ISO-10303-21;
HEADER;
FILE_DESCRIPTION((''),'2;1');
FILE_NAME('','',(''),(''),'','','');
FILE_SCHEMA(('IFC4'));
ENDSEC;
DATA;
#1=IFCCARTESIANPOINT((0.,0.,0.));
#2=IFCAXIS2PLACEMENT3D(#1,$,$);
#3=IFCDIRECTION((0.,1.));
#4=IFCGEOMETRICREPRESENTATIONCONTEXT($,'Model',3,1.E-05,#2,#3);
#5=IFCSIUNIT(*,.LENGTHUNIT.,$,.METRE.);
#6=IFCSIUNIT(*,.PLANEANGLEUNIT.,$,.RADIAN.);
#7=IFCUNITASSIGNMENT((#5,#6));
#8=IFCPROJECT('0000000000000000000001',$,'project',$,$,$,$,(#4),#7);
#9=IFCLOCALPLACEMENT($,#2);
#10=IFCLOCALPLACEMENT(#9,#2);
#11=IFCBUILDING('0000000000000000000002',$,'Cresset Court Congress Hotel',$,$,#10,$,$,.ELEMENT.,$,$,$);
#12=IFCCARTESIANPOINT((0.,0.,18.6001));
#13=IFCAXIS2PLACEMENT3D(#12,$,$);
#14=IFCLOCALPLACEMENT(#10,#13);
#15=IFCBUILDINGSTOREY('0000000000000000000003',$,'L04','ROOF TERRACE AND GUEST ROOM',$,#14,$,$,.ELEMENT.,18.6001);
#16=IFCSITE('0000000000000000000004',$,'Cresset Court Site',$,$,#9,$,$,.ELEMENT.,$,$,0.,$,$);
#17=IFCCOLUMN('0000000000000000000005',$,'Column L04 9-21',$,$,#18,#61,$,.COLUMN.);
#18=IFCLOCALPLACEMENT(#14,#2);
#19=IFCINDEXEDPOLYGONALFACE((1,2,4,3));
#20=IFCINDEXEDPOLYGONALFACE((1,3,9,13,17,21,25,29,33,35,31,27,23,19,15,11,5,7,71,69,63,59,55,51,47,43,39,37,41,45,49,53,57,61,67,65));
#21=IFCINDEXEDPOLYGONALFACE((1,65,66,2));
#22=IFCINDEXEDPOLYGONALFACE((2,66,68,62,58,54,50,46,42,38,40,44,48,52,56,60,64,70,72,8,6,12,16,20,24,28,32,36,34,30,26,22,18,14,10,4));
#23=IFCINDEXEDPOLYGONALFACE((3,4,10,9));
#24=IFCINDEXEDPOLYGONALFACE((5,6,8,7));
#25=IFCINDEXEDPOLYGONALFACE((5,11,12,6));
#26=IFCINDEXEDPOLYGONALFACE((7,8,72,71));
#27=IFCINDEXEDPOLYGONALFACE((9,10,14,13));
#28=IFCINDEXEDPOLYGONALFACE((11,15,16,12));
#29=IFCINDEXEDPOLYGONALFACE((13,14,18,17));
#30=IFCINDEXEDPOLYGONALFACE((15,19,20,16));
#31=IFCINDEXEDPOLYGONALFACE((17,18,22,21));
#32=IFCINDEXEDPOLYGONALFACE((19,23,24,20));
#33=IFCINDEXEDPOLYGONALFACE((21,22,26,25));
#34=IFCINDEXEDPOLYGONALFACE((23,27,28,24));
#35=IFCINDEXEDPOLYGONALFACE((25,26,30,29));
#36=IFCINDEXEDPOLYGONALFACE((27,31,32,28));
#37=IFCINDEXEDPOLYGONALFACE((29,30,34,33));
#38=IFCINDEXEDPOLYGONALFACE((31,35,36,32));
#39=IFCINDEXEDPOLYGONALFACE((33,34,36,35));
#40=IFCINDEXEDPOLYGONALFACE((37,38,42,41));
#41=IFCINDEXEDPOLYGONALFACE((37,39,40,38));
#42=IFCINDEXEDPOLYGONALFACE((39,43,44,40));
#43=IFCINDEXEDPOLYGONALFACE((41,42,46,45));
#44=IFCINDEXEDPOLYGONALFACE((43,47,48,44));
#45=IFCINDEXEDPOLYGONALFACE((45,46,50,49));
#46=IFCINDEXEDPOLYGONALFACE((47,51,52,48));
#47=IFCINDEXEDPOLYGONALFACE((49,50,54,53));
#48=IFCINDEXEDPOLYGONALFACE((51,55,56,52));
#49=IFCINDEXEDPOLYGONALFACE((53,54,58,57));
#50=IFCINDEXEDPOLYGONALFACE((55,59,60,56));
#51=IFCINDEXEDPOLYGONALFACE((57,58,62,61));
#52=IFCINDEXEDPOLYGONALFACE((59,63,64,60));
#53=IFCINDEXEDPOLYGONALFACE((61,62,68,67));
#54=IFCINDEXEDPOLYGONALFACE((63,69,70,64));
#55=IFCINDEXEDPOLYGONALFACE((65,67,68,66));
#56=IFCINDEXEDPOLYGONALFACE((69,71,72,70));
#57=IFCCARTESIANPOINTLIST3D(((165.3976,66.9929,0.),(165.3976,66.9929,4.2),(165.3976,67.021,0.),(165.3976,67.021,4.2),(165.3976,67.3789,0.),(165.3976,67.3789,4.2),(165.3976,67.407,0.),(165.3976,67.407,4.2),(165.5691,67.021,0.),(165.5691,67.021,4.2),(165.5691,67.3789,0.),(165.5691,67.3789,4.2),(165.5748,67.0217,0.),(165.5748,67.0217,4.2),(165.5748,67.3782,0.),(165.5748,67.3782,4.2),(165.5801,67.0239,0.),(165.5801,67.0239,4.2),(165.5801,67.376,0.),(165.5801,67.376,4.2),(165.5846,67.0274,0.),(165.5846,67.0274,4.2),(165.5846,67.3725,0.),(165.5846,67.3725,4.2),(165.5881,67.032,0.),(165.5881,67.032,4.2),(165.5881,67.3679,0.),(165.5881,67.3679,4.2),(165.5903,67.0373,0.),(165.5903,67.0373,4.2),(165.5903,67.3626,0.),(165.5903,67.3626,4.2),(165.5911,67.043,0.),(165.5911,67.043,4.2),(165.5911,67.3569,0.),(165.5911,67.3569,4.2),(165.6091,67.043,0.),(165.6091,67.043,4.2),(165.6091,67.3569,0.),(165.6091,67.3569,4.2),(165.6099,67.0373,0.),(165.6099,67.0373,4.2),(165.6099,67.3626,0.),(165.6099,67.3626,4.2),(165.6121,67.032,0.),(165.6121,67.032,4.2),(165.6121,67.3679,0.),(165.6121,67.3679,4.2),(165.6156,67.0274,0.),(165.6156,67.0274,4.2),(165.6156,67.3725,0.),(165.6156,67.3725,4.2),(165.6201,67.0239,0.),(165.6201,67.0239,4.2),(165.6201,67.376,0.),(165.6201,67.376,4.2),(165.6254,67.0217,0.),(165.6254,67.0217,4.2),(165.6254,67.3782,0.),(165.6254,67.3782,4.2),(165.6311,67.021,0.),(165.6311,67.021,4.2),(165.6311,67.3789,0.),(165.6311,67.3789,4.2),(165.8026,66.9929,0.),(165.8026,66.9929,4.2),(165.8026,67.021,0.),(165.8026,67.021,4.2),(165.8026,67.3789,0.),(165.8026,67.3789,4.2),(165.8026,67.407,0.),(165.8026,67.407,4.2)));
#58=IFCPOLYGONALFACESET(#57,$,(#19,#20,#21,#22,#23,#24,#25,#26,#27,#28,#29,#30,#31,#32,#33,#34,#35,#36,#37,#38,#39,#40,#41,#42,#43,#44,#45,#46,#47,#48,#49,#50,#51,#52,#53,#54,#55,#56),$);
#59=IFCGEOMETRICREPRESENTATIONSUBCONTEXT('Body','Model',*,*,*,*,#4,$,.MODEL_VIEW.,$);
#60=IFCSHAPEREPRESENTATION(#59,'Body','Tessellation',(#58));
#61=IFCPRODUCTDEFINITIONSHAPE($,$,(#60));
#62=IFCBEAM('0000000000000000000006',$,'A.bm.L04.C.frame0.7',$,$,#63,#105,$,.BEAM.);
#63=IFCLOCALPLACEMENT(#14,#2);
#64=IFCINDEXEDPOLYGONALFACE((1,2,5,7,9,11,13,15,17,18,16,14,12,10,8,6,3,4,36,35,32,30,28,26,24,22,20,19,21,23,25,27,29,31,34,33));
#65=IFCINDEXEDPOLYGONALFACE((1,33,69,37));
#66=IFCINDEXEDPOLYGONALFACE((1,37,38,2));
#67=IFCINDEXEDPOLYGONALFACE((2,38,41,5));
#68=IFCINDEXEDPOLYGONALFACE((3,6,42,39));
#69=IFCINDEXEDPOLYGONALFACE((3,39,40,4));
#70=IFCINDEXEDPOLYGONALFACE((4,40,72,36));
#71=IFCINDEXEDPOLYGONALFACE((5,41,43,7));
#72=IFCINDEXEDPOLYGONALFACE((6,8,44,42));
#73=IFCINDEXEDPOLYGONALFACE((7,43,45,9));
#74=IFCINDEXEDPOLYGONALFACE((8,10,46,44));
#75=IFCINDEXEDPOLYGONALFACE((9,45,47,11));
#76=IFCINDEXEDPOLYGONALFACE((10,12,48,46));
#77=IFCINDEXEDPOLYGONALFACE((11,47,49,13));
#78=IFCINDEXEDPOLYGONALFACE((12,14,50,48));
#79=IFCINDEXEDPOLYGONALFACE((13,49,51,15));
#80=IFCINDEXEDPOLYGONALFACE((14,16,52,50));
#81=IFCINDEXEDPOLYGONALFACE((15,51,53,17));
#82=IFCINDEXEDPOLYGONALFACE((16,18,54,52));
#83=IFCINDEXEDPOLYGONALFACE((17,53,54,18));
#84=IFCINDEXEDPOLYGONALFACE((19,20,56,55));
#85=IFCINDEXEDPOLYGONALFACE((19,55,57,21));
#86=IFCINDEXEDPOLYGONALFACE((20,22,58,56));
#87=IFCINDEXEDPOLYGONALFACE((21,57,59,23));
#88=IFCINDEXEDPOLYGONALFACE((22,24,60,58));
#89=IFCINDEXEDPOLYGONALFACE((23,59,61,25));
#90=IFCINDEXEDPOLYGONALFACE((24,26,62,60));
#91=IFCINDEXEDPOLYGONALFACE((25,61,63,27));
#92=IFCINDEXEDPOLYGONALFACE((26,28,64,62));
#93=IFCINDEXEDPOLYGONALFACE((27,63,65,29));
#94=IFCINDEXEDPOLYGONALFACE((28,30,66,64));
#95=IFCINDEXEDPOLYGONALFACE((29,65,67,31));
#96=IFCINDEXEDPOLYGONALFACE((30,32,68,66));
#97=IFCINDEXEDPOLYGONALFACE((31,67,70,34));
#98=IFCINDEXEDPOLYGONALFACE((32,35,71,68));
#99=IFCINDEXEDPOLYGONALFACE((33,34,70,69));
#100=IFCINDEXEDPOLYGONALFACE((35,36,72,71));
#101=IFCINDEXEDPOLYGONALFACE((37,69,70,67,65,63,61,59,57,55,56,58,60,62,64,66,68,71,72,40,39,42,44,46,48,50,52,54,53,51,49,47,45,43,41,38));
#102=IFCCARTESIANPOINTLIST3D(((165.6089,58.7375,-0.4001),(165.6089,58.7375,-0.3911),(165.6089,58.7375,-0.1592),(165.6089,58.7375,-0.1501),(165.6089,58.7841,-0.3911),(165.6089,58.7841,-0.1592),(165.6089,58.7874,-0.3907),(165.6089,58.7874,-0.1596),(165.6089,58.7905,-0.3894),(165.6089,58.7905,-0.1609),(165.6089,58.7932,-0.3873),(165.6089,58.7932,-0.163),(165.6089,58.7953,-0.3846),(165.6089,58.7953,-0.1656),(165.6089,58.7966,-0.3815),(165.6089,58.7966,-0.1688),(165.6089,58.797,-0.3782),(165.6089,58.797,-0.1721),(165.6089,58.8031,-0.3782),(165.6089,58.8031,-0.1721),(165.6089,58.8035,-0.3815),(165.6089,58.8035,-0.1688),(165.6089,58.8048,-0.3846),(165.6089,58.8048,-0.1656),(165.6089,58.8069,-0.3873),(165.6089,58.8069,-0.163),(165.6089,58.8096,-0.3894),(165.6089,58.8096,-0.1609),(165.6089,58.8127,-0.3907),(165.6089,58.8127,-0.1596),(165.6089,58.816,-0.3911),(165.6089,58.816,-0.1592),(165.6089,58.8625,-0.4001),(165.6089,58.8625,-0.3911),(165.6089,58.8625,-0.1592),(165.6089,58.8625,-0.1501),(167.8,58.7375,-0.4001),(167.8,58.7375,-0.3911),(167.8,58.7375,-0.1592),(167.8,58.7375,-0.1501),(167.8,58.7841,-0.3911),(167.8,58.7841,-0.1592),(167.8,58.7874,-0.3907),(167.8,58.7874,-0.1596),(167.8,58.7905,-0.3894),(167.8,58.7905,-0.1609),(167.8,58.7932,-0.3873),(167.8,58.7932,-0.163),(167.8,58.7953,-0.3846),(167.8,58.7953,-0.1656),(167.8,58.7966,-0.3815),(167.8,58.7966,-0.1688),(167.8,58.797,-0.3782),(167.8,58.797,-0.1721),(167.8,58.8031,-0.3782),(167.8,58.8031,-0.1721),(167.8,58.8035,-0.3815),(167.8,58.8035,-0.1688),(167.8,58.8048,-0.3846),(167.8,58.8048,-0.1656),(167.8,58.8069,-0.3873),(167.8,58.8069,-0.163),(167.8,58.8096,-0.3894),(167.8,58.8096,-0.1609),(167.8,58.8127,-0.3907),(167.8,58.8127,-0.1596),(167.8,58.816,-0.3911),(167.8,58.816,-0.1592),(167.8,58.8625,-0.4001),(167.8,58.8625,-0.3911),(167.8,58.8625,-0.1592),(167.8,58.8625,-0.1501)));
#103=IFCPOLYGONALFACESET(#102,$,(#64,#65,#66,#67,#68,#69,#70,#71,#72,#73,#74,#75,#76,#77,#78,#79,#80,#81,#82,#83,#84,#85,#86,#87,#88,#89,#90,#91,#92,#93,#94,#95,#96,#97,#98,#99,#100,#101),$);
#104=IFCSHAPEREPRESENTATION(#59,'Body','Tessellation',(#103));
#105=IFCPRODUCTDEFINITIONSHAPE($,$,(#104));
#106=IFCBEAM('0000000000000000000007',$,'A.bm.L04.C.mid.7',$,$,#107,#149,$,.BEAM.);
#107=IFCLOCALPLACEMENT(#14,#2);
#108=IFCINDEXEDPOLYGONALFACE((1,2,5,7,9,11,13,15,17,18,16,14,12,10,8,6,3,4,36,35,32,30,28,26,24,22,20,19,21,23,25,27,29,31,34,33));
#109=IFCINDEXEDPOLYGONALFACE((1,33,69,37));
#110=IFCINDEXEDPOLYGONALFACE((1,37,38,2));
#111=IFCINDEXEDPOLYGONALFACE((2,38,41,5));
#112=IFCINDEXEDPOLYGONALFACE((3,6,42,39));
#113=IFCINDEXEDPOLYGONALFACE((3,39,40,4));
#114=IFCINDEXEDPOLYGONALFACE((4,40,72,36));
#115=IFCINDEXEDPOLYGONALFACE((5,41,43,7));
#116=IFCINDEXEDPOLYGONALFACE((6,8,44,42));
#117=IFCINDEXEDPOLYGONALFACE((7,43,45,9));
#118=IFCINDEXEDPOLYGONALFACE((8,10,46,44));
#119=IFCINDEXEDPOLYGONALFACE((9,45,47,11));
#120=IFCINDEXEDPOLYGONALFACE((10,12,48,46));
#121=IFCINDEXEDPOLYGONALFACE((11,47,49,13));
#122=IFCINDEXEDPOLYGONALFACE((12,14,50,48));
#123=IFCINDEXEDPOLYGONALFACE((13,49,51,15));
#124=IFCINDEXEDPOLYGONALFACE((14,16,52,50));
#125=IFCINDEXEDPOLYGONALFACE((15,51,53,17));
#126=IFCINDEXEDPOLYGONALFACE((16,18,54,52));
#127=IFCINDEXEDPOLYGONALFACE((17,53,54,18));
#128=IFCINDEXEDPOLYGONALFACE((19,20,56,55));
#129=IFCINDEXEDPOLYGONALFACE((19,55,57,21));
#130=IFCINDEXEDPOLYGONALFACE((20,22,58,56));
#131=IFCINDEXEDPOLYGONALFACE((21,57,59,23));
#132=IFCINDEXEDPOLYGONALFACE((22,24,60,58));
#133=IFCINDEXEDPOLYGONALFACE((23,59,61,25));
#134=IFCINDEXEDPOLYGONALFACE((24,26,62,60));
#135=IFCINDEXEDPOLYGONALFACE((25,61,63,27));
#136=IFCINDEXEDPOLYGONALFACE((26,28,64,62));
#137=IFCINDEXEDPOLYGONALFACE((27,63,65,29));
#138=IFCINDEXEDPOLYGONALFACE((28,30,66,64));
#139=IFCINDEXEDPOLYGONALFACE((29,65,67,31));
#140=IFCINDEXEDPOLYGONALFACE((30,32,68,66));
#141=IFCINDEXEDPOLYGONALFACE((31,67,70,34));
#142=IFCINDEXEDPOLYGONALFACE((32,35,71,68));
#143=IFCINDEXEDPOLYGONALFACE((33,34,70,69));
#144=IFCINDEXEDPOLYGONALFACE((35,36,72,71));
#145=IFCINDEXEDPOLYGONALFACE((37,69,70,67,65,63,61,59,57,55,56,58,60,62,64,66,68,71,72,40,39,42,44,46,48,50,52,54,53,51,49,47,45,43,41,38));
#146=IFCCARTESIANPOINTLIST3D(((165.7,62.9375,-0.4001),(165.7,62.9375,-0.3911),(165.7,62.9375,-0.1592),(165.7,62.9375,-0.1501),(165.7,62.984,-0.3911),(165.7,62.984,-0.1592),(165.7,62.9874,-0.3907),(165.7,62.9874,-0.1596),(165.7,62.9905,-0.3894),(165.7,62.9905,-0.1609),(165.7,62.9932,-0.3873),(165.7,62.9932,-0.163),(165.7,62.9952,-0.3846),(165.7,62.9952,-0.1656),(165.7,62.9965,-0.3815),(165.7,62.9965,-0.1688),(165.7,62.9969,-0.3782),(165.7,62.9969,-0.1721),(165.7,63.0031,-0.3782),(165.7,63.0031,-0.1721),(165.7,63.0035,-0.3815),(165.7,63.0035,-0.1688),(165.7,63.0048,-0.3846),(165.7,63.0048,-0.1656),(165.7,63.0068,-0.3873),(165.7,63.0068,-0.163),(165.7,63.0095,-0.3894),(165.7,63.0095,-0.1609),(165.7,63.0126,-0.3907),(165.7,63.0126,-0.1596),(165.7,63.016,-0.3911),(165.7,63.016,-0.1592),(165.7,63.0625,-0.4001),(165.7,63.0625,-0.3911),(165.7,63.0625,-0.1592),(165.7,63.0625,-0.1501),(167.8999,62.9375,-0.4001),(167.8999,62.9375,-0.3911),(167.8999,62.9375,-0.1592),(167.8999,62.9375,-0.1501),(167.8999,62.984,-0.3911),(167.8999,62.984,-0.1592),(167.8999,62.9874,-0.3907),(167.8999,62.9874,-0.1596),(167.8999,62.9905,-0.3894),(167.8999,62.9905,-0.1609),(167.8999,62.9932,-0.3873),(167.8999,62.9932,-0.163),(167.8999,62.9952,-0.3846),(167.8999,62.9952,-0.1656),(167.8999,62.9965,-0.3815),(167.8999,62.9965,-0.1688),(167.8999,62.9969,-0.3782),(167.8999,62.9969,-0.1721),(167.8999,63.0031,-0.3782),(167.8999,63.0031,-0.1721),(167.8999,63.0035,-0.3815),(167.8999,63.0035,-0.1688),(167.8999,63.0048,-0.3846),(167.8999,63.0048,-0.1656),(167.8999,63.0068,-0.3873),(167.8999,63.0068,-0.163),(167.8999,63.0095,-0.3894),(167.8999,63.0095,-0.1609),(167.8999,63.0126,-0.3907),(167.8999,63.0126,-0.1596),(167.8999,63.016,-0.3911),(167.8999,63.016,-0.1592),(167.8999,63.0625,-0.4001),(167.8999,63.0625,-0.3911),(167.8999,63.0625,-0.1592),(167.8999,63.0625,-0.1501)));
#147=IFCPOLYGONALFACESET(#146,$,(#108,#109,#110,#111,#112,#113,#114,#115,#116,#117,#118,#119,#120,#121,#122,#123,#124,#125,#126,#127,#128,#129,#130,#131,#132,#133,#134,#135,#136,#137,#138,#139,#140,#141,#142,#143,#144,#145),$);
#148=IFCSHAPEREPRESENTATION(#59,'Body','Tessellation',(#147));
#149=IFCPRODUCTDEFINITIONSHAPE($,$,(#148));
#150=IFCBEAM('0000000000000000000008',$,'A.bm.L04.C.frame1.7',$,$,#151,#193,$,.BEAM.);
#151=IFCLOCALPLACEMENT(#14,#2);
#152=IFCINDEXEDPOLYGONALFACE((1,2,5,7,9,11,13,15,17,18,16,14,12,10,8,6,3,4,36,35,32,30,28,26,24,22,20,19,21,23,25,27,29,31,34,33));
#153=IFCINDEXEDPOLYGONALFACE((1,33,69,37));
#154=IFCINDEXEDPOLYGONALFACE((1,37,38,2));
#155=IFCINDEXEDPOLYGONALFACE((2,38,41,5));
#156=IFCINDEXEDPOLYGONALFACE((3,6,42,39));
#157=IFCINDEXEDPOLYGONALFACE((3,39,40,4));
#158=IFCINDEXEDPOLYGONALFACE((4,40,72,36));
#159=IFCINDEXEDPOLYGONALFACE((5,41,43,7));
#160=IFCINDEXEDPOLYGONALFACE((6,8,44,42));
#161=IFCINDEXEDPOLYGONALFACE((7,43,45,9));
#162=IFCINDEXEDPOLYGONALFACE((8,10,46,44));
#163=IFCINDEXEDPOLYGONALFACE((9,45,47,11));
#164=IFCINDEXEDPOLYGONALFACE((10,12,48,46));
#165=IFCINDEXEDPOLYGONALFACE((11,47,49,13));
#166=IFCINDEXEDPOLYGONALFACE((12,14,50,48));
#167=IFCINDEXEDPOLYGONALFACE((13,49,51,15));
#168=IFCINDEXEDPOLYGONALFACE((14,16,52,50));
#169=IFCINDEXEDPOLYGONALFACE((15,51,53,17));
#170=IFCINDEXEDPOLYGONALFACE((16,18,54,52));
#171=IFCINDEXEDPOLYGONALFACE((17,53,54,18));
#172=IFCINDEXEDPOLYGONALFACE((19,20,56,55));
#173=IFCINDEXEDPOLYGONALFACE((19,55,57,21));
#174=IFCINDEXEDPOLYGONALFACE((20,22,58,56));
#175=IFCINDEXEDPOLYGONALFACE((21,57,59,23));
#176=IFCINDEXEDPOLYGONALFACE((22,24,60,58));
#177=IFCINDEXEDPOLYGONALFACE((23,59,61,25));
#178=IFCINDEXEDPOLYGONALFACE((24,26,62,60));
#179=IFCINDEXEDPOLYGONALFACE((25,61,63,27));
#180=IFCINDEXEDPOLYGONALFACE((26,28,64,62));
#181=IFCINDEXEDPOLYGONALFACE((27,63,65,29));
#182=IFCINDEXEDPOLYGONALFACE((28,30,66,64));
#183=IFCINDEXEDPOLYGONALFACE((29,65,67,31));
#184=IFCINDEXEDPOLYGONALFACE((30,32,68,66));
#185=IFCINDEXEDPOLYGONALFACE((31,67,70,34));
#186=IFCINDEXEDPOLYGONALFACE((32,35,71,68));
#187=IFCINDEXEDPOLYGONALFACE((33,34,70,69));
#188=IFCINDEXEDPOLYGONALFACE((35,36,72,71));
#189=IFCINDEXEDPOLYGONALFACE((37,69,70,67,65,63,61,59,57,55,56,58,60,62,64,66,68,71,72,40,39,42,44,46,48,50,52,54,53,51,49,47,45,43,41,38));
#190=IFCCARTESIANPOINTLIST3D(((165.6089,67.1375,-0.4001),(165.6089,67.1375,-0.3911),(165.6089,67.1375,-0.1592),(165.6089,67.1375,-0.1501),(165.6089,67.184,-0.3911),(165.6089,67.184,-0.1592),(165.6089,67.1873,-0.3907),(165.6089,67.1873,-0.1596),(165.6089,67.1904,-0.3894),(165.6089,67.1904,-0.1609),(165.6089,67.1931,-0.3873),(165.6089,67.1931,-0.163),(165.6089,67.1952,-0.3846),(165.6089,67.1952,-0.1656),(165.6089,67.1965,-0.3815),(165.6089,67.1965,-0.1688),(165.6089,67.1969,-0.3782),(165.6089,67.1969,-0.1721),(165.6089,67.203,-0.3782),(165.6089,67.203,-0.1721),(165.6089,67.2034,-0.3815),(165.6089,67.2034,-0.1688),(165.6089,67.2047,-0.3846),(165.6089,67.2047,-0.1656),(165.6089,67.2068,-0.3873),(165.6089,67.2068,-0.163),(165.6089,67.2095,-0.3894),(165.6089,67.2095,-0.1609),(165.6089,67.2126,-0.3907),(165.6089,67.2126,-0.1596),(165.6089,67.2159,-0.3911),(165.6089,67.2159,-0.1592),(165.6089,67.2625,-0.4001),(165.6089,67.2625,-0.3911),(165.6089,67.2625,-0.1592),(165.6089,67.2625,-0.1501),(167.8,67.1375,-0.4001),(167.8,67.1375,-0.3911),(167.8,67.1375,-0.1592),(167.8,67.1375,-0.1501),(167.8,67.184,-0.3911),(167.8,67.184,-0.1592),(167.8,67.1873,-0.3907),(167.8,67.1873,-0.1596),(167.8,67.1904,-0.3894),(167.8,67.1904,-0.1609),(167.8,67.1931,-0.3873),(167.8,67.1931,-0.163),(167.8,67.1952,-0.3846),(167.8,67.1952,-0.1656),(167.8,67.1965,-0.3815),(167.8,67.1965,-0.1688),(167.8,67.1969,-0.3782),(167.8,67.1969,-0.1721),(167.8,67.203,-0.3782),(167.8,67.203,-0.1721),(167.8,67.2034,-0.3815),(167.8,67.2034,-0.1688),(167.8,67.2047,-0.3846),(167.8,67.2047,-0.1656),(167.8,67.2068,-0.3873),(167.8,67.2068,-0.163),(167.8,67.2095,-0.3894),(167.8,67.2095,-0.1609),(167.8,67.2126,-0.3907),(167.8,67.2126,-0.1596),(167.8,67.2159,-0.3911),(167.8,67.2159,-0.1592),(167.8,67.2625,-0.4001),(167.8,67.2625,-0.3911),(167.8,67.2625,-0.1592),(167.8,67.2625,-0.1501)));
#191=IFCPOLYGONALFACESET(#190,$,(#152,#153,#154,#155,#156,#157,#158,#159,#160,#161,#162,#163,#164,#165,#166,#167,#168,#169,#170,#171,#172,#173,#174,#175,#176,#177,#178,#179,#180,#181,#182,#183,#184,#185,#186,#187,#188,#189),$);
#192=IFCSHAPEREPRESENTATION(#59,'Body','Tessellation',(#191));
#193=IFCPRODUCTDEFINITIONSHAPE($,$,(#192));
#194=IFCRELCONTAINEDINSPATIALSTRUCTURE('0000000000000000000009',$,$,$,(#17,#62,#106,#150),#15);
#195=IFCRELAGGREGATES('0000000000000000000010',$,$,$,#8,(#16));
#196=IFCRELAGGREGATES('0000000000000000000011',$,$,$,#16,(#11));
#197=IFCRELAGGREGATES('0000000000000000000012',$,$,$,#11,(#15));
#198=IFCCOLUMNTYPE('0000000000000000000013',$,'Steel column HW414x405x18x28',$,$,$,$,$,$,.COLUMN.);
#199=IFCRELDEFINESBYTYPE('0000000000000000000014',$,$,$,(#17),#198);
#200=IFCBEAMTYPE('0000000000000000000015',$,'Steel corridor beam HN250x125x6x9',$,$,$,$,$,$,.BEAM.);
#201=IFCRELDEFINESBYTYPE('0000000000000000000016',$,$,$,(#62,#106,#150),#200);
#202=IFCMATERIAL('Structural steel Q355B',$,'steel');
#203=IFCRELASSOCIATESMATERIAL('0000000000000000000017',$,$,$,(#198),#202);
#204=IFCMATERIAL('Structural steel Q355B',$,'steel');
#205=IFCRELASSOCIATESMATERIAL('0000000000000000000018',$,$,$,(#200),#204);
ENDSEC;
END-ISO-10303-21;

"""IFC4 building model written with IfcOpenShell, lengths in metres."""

from ifc_helpers import new_model, si_unit, direction, frame, origin, origin_2d, place, context, subcontext, project, spatial, i_section, extrude, material, material_profile, profile_set, type_object, element, save


model = new_model("IFC4")

# Units and contexts
model_context = context("Model", 3, precision=1e-05, world=origin(), true_north=direction((0.0, 1.0)))
body_context = subcontext(model_context, "Body", "Model", "MODEL_VIEW")
ifc_project = project(units=[si_unit("LENGTHUNIT", "METRE"), si_unit("PLANEANGLEUNIT", "RADIAN")], contexts=[model_context])

# Site, building, storey
site_placement = place(None, origin())
site = spatial("IfcSite", under=ifc_project, at=site_placement, Name="Cresset Court Site", CompositionType="ELEMENT", RefElevation=0.0)
building_placement = place(site_placement, origin())
building = spatial("IfcBuilding", under=site, at=building_placement, Name="Cresset Court Congress Hotel", CompositionType="ELEMENT")
storey_placement = place(building_placement, frame((0.0, 0.0, 18.6001)))
storey = spatial("IfcBuildingStorey", under=building, at=storey_placement, Name="L04", Description="ROOF TERRACE AND GUEST ROOM", CompositionType="ELEMENT", Elevation=18.6001)

# Column
ifc_material_1 = material(Name="Structural steel Q355B", Category="steel")
ifc_material_profile_1 = material_profile(ifc_material_1, i_section(OverallWidth=0.405, OverallDepth=0.4141, WebThickness=0.0181, FlangeThickness=0.0281, FilletRadius=0.022, at=origin_2d()), Name="HW414x405x18x28")
ifc_profile_set_1 = profile_set([ifc_material_profile_1], Name="Structural steel Q355B")
column_type = type_object("IfcColumnType", Name="Steel column HW414x405x18x28", PredefinedType="COLUMN", material=ifc_profile_set_1)
column_placement = place(storey_placement, frame((165.6001, 67.2, 0.0), z_axis=(0.0, 0.0, 1.0), x_axis=(1.0, 0.0, 0.0)))
element("IfcColumn", 1, at=column_placement, inside=storey, type_object=column_type, Name="Column L04 9-21", PredefinedType="COLUMN", context=body_context, shape_type="SweptSolid", body=[
    extrude(i_section(OverallWidth=0.405, OverallDepth=0.4141, WebThickness=0.0181, FlangeThickness=0.0281, FilletRadius=0.022, at=origin_2d()), origin(), (0.0, 0.0, 1.0), 4.2),
])

# Beams
ifc_material_2 = material(Name="Structural steel Q355B", Category="steel")
ifc_material_profile_2 = material_profile(ifc_material_2, i_section(OverallWidth=0.125, OverallDepth=0.25, WebThickness=0.0061, FlangeThickness=0.009, FilletRadius=0.0129, at=origin_2d()), Name="HN250x125x6x9")
ifc_profile_set_2 = profile_set([ifc_material_profile_2], Name="Structural steel Q355B")
beam_type = type_object("IfcBeamType", Name="Steel corridor beam HN250x125x6x9", PredefinedType="BEAM", material=ifc_profile_set_2)
beam_1_placement = place(storey_placement, frame((165.6089, 58.8, -0.2751), z_axis=(1.0, 0.0, 0.0), x_axis=(0.0, 1.0, 0.0)))
element("IfcBeam", 2, at=beam_1_placement, inside=storey, type_object=beam_type, Name="A.bm.L04.C.frame0.7", PredefinedType="BEAM", context=body_context, shape_type="SweptSolid", body=[
    extrude(i_section(OverallWidth=0.125, OverallDepth=0.25, WebThickness=0.0061, FlangeThickness=0.009, FilletRadius=0.0129, at=origin_2d()), origin(), (0.0, 0.0, 1.0), 2.1912),
])
beam_2_placement = place(storey_placement, frame((165.7, 63.0, -0.2751), z_axis=(1.0, 0.0, 0.0), x_axis=(0.0, 1.0, 0.0)))
element("IfcBeam", 3, at=beam_2_placement, inside=storey, type_object=beam_type, Name="A.bm.L04.C.mid.7", PredefinedType="BEAM", context=body_context, shape_type="SweptSolid", body=[
    extrude(i_section(OverallWidth=0.125, OverallDepth=0.25, WebThickness=0.0061, FlangeThickness=0.009, FilletRadius=0.0129, at=origin_2d()), origin(), (0.0, 0.0, 1.0), 2.2),
])
beam_3_placement = place(storey_placement, frame((165.6089, 67.2, -0.2751), z_axis=(1.0, 0.0, 0.0), x_axis=(0.0, 1.0, 0.0)))
element("IfcBeam", 4, at=beam_3_placement, inside=storey, type_object=beam_type, Name="A.bm.L04.C.frame1.7", PredefinedType="BEAM", context=body_context, shape_type="SweptSolid", body=[
    extrude(i_section(OverallWidth=0.125, OverallDepth=0.25, WebThickness=0.0061, FlangeThickness=0.009, FilletRadius=0.0129, at=origin_2d()), origin(), (0.0, 0.0, 1.0), 2.1912),
])

save(model, "model.ifc")
